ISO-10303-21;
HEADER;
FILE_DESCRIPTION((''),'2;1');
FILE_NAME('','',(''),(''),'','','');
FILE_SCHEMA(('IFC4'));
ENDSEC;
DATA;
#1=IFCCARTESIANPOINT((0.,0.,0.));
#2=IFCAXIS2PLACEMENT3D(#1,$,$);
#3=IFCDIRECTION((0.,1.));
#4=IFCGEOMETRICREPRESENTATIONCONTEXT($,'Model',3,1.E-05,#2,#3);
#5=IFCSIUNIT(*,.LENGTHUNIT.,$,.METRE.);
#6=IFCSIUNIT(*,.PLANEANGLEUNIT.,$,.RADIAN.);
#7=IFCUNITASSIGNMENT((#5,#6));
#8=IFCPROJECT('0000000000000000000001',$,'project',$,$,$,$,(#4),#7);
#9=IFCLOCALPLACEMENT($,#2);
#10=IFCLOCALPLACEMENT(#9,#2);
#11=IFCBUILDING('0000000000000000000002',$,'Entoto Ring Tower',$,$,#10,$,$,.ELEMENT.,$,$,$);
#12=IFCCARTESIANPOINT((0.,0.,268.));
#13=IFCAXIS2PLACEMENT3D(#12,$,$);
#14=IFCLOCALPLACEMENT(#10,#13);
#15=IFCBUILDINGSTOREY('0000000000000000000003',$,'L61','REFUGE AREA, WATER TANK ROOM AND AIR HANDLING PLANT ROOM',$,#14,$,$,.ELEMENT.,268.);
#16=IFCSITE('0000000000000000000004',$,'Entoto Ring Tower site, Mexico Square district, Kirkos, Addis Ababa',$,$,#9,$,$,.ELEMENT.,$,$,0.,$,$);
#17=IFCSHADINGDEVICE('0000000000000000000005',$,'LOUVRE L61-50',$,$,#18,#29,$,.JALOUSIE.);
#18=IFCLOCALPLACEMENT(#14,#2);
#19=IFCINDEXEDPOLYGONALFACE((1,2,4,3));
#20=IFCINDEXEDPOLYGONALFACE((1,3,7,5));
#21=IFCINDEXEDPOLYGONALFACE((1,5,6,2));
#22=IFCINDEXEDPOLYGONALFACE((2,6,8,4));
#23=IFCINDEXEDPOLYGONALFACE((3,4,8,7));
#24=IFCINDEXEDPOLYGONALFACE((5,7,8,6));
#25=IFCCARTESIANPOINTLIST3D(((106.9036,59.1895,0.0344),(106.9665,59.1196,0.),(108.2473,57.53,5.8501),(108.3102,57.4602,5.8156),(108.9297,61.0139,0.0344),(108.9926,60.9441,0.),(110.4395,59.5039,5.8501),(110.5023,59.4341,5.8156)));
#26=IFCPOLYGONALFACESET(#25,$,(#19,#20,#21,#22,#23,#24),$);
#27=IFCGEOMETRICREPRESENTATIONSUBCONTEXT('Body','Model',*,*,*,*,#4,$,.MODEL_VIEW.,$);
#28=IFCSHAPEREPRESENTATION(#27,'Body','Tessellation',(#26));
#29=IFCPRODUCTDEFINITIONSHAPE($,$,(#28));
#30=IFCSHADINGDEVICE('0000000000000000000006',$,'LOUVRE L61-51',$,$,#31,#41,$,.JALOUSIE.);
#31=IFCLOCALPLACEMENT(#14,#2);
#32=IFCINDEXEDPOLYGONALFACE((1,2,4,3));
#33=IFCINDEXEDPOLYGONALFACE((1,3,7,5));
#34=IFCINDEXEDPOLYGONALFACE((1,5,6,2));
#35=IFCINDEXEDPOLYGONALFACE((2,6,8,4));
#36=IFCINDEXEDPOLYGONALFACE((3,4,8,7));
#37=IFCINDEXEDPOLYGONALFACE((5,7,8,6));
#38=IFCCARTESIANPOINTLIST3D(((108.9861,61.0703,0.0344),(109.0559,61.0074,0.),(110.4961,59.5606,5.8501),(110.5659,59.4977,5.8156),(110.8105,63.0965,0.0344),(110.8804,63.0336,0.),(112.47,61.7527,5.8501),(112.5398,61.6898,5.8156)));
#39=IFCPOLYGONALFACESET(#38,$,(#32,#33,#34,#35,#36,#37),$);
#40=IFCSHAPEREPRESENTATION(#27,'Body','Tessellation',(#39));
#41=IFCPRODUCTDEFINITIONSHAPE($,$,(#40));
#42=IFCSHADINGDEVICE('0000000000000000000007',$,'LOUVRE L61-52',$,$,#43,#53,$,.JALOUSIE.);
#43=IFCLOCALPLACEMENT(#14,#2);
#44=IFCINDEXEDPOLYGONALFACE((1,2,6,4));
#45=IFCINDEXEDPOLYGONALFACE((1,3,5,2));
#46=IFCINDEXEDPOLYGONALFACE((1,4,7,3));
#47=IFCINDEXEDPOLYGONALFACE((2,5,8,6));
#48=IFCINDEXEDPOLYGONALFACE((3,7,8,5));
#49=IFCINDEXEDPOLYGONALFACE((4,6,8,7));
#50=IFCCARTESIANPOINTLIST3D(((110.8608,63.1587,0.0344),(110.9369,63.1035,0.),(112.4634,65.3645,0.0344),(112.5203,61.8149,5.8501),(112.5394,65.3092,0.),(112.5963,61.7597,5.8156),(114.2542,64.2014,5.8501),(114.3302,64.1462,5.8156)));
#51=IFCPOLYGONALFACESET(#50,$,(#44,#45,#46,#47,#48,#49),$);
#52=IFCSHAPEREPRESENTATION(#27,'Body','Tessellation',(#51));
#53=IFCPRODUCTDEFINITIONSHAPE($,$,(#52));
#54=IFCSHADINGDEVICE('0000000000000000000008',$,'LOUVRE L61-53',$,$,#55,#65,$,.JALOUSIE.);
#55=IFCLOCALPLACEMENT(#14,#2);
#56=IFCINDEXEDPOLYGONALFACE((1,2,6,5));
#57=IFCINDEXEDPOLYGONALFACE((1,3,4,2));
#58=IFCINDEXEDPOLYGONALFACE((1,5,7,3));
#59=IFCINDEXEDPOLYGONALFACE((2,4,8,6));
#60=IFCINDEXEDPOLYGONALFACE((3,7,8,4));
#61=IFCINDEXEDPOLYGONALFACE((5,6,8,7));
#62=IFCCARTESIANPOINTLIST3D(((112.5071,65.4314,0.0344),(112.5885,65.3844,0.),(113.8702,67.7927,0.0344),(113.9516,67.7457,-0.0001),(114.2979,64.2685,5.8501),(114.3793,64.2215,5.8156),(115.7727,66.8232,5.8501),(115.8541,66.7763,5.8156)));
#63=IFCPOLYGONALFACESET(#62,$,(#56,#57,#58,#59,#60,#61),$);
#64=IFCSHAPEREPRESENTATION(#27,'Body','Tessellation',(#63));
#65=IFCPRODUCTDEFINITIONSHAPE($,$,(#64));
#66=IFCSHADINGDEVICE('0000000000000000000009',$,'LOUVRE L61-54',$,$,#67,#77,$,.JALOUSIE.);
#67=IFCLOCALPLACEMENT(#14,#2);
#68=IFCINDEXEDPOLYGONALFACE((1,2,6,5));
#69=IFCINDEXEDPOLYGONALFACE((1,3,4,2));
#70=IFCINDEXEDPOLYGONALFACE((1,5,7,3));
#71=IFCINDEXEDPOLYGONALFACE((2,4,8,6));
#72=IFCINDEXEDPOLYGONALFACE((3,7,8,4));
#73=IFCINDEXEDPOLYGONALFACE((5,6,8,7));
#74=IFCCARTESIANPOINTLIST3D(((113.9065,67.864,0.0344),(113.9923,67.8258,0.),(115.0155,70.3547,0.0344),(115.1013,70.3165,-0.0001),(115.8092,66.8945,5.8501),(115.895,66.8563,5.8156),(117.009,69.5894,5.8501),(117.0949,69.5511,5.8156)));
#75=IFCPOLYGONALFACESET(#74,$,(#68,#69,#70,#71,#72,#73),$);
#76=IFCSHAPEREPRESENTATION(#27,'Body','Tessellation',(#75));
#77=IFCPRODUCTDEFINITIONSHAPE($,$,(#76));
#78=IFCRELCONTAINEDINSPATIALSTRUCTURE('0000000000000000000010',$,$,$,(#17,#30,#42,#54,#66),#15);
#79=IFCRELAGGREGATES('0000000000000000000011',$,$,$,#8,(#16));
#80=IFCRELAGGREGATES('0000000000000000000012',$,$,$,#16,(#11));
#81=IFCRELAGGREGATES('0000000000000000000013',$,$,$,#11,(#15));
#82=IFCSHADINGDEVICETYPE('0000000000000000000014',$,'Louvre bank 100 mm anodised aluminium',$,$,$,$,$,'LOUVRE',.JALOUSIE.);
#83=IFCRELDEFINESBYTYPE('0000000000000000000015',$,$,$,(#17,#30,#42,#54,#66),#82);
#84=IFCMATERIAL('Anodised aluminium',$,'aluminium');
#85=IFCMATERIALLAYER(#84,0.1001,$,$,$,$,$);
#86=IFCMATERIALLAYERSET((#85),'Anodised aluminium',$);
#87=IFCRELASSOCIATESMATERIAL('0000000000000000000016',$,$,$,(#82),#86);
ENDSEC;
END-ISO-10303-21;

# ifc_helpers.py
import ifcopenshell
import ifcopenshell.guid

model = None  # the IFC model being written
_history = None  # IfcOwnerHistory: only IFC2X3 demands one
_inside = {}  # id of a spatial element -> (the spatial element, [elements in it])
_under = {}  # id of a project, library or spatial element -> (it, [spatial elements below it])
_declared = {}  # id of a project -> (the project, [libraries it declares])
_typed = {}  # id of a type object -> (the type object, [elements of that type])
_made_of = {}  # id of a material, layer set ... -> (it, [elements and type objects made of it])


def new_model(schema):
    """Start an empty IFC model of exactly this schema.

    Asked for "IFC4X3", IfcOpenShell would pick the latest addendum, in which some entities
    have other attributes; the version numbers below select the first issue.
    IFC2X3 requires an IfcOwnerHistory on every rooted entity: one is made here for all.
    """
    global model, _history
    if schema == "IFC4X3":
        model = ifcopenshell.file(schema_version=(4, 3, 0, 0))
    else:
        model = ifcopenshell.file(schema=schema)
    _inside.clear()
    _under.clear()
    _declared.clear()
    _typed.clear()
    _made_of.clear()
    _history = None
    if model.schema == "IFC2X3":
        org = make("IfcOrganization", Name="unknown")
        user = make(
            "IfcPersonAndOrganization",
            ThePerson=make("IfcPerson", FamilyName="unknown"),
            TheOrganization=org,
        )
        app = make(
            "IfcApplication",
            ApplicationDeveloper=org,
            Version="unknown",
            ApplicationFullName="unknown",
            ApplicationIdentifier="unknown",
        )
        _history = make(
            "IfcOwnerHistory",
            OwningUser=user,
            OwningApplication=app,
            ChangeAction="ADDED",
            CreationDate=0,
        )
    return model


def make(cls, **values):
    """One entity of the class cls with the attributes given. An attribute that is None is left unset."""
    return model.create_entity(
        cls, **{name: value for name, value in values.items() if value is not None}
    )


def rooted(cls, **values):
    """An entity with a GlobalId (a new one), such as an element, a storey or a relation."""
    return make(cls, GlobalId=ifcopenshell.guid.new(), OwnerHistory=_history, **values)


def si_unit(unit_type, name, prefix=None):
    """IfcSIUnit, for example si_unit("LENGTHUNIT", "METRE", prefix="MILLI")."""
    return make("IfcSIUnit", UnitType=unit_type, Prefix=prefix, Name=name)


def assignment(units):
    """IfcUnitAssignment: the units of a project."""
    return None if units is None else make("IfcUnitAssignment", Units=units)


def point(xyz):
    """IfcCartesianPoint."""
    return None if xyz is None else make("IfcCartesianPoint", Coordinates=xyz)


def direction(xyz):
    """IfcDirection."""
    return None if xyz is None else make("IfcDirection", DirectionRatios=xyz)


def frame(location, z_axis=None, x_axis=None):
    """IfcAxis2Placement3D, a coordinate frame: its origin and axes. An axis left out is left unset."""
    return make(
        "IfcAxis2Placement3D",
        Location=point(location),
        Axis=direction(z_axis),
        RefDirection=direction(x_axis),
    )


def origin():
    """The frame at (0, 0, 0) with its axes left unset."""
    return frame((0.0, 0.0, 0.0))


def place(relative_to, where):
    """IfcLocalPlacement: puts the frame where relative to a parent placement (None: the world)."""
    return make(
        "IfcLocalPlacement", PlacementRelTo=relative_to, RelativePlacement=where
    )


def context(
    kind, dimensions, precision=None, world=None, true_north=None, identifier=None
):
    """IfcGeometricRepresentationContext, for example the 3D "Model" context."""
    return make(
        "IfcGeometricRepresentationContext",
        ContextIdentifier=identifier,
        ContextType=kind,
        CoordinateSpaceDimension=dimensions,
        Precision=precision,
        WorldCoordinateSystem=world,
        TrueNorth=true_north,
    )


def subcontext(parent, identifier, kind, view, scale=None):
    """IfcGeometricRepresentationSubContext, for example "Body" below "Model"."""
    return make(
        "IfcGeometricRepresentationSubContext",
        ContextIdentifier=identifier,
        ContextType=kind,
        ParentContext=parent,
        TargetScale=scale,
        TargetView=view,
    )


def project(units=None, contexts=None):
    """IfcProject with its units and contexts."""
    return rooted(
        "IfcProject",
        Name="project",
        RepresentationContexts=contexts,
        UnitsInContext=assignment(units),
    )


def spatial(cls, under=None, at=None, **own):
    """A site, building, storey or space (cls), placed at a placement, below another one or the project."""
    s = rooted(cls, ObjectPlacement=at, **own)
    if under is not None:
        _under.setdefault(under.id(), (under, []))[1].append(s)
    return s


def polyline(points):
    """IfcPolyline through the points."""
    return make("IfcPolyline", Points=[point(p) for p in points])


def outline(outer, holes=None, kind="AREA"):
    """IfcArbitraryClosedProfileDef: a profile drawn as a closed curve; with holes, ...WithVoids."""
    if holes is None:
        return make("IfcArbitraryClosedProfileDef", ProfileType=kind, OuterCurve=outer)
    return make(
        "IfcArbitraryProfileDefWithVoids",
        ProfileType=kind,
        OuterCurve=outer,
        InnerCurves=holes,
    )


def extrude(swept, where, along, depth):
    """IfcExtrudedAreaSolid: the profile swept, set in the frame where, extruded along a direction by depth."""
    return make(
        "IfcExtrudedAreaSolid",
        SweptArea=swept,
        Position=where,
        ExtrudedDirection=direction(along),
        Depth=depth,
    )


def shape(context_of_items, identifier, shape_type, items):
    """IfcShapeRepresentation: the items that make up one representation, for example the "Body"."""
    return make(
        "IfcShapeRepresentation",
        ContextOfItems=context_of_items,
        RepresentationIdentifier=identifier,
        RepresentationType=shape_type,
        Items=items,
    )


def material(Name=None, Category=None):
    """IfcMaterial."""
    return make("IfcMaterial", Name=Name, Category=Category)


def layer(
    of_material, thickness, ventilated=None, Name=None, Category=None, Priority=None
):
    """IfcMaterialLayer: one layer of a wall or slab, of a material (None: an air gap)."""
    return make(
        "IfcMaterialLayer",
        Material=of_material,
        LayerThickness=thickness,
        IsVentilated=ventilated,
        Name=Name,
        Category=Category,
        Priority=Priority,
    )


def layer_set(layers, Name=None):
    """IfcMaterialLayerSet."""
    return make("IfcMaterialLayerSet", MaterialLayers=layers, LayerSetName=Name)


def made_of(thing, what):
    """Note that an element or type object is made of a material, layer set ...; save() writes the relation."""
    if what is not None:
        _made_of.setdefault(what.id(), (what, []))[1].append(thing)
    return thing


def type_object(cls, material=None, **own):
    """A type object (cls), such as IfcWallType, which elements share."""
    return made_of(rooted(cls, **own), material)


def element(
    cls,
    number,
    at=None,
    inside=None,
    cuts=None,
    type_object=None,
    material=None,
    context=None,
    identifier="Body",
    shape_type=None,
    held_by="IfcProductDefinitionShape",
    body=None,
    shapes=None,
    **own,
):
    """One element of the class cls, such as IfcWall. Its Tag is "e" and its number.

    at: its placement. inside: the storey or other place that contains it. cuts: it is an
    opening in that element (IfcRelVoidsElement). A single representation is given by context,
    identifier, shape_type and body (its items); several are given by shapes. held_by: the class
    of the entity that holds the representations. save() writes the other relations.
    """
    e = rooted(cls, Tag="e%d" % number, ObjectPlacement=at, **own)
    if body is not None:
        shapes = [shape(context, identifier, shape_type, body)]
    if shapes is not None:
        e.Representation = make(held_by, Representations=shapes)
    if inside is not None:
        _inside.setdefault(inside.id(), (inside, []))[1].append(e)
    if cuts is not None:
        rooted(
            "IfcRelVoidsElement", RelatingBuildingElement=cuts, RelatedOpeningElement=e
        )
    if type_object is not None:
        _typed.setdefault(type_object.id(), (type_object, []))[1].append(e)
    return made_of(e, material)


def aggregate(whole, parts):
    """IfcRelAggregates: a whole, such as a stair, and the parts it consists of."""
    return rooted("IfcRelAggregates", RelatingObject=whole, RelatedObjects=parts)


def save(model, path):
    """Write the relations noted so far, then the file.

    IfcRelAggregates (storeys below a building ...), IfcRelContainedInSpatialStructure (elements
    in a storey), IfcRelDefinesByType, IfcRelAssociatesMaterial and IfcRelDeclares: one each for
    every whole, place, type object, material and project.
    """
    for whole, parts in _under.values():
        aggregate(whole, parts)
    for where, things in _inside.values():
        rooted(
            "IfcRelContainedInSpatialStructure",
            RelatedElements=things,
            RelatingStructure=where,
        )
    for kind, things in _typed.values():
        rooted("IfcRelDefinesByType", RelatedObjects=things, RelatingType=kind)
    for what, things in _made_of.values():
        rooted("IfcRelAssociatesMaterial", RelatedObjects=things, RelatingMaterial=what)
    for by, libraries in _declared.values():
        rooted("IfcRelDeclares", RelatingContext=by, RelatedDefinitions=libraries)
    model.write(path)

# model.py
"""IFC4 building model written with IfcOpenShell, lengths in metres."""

from ifc_helpers import new_model, si_unit, direction, frame, origin, place, context, subcontext, project, spatial, polyline, outline, extrude, material, layer, layer_set, type_object, element, save


model = new_model("IFC4")

# Units and contexts
model_context = context("Model", 3, precision=1e-05, world=origin(), true_north=direction((0.0, 1.0)))
body_context = subcontext(model_context, "Body", "Model", "MODEL_VIEW")
ifc_project = project(units=[si_unit("LENGTHUNIT", "METRE"), si_unit("PLANEANGLEUNIT", "RADIAN")], contexts=[model_context])

# Site, building, storey
site_placement = place(None, origin())
site = spatial("IfcSite", under=ifc_project, at=site_placement, Name="Entoto Ring Tower site, Mexico Square district, Kirkos, Addis Ababa", CompositionType="ELEMENT", RefElevation=0.0)
building_placement = place(site_placement, origin())
building = spatial("IfcBuilding", under=site, at=building_placement, Name="Entoto Ring Tower", CompositionType="ELEMENT")
storey_placement = place(building_placement, frame((0.0, 0.0, 268.0)))
storey = spatial("IfcBuildingStorey", under=building, at=storey_placement, Name="L61", Description="REFUGE AREA, WATER TANK ROOM AND AIR HANDLING PLANT ROOM", CompositionType="ELEMENT", Elevation=268.0)

# Shading devices
ifc_material_1 = material(Name="Anodised aluminium", Category="aluminium")
ifc_layer_1 = layer(ifc_material_1, 0.1001)
ifc_layer_set_1 = layer_set([ifc_layer_1], Name="Anodised aluminium")
shading_device_type = type_object("IfcShadingDeviceType", Name="Louvre bank 100 mm anodised aluminium", ElementType="LOUVRE", PredefinedType="JALOUSIE", material=ifc_layer_set_1)
shading_device_1_placement = place(storey_placement, frame((106.9036, 59.1895, 0.0344), z_axis=(-0.628251, 0.697707, 0.344247), x_axis=(0.743127, 0.669151, -0.000003)))
element("IfcShadingDevice", 1, at=shading_device_1_placement, inside=storey, type_object=shading_device_type, Name="LOUVRE L61-50", PredefinedType="JALOUSIE", context=body_context, shape_type="SweptSolid", body=[
    extrude(outline(polyline([(0.0, 0.0), (2.7265, 0.0), (2.838, -6.1943), (-0.1118, -6.1943), (0.0, 0.0)])), origin(), (0.0, 0.0, -1.0), 0.1001),
])
shading_device_2_placement = place(storey_placement, frame((108.9861, 61.0703, 0.0344), z_axis=(-0.697707, 0.628251, 0.344247), x_axis=(0.669151, 0.743127, 0.000003)))
element("IfcShadingDevice", 2, at=shading_device_2_placement, inside=storey, type_object=shading_device_type, Name="LOUVRE L61-51", PredefinedType="JALOUSIE", context=body_context, shape_type="SweptSolid", body=[
    extrude(outline(polyline([(0.0, 0.0), (2.7265, 0.0), (2.8384, -6.1943), (-0.1115, -6.1943), (0.0, 0.0)])), origin(), (0.0, 0.0, -1.0), 0.1001),
])
shading_device_3_placement = place(storey_placement, frame((110.8608, 63.1587, 0.0344), z_axis=(-0.759574, 0.551852, 0.344249), x_axis=(0.587777, 0.809023, -0.000004)))
element("IfcShadingDevice", 3, at=shading_device_3_placement, inside=storey, type_object=shading_device_type, Name="LOUVRE L61-52", PredefinedType="JALOUSIE", context=body_context, shape_type="SweptSolid", body=[
    extrude(outline(polyline([(0.0, 0.0), (2.7265, 0.0), (2.8381, -6.1943), (-0.1118, -6.1943), (0.0, 0.0)])), origin(), (0.0, 0.0, -1.0), 0.1001),
])
shading_device_4_placement = place(storey_placement, frame((112.5071, 65.4314, 0.0344), z_axis=(-0.81312, 0.469394, 0.344246), x_axis=(0.499948, 0.866056, -0.00001)))
element("IfcShadingDevice", 4, at=shading_device_4_placement, inside=storey, type_object=shading_device_type, Name="LOUVRE L61-53", PredefinedType="JALOUSIE", context=body_context, shape_type="SweptSolid", body=[
    extrude(outline(polyline([(0.0, 0.0), (2.7265, 0.0), (2.838, -6.1943), (-0.1119, -6.1942), (0.0, 0.0)])), origin(), (0.0, 0.0, -1.0), 0.1001),
])
shading_device_5_placement = place(storey_placement, frame((113.9065, 67.864, 0.0344), z_axis=(-0.857696, 0.381885, 0.344269), x_axis=(0.406746, 0.913542, -0.00001)))
element("IfcShadingDevice", 5, at=shading_device_5_placement, inside=storey, type_object=shading_device_type, Name="LOUVRE L61-54", PredefinedType="JALOUSIE", context=body_context, shape_type="SweptSolid", body=[
    extrude(outline(polyline([(0.0, 0.0), (2.7264, 0.0), (2.8381, -6.1944), (-0.1119, -6.1943), (0.0, 0.0)])), origin(), (0.0, 0.0, -1.0), 0.1001),
])

save(model, "model.ifc")
